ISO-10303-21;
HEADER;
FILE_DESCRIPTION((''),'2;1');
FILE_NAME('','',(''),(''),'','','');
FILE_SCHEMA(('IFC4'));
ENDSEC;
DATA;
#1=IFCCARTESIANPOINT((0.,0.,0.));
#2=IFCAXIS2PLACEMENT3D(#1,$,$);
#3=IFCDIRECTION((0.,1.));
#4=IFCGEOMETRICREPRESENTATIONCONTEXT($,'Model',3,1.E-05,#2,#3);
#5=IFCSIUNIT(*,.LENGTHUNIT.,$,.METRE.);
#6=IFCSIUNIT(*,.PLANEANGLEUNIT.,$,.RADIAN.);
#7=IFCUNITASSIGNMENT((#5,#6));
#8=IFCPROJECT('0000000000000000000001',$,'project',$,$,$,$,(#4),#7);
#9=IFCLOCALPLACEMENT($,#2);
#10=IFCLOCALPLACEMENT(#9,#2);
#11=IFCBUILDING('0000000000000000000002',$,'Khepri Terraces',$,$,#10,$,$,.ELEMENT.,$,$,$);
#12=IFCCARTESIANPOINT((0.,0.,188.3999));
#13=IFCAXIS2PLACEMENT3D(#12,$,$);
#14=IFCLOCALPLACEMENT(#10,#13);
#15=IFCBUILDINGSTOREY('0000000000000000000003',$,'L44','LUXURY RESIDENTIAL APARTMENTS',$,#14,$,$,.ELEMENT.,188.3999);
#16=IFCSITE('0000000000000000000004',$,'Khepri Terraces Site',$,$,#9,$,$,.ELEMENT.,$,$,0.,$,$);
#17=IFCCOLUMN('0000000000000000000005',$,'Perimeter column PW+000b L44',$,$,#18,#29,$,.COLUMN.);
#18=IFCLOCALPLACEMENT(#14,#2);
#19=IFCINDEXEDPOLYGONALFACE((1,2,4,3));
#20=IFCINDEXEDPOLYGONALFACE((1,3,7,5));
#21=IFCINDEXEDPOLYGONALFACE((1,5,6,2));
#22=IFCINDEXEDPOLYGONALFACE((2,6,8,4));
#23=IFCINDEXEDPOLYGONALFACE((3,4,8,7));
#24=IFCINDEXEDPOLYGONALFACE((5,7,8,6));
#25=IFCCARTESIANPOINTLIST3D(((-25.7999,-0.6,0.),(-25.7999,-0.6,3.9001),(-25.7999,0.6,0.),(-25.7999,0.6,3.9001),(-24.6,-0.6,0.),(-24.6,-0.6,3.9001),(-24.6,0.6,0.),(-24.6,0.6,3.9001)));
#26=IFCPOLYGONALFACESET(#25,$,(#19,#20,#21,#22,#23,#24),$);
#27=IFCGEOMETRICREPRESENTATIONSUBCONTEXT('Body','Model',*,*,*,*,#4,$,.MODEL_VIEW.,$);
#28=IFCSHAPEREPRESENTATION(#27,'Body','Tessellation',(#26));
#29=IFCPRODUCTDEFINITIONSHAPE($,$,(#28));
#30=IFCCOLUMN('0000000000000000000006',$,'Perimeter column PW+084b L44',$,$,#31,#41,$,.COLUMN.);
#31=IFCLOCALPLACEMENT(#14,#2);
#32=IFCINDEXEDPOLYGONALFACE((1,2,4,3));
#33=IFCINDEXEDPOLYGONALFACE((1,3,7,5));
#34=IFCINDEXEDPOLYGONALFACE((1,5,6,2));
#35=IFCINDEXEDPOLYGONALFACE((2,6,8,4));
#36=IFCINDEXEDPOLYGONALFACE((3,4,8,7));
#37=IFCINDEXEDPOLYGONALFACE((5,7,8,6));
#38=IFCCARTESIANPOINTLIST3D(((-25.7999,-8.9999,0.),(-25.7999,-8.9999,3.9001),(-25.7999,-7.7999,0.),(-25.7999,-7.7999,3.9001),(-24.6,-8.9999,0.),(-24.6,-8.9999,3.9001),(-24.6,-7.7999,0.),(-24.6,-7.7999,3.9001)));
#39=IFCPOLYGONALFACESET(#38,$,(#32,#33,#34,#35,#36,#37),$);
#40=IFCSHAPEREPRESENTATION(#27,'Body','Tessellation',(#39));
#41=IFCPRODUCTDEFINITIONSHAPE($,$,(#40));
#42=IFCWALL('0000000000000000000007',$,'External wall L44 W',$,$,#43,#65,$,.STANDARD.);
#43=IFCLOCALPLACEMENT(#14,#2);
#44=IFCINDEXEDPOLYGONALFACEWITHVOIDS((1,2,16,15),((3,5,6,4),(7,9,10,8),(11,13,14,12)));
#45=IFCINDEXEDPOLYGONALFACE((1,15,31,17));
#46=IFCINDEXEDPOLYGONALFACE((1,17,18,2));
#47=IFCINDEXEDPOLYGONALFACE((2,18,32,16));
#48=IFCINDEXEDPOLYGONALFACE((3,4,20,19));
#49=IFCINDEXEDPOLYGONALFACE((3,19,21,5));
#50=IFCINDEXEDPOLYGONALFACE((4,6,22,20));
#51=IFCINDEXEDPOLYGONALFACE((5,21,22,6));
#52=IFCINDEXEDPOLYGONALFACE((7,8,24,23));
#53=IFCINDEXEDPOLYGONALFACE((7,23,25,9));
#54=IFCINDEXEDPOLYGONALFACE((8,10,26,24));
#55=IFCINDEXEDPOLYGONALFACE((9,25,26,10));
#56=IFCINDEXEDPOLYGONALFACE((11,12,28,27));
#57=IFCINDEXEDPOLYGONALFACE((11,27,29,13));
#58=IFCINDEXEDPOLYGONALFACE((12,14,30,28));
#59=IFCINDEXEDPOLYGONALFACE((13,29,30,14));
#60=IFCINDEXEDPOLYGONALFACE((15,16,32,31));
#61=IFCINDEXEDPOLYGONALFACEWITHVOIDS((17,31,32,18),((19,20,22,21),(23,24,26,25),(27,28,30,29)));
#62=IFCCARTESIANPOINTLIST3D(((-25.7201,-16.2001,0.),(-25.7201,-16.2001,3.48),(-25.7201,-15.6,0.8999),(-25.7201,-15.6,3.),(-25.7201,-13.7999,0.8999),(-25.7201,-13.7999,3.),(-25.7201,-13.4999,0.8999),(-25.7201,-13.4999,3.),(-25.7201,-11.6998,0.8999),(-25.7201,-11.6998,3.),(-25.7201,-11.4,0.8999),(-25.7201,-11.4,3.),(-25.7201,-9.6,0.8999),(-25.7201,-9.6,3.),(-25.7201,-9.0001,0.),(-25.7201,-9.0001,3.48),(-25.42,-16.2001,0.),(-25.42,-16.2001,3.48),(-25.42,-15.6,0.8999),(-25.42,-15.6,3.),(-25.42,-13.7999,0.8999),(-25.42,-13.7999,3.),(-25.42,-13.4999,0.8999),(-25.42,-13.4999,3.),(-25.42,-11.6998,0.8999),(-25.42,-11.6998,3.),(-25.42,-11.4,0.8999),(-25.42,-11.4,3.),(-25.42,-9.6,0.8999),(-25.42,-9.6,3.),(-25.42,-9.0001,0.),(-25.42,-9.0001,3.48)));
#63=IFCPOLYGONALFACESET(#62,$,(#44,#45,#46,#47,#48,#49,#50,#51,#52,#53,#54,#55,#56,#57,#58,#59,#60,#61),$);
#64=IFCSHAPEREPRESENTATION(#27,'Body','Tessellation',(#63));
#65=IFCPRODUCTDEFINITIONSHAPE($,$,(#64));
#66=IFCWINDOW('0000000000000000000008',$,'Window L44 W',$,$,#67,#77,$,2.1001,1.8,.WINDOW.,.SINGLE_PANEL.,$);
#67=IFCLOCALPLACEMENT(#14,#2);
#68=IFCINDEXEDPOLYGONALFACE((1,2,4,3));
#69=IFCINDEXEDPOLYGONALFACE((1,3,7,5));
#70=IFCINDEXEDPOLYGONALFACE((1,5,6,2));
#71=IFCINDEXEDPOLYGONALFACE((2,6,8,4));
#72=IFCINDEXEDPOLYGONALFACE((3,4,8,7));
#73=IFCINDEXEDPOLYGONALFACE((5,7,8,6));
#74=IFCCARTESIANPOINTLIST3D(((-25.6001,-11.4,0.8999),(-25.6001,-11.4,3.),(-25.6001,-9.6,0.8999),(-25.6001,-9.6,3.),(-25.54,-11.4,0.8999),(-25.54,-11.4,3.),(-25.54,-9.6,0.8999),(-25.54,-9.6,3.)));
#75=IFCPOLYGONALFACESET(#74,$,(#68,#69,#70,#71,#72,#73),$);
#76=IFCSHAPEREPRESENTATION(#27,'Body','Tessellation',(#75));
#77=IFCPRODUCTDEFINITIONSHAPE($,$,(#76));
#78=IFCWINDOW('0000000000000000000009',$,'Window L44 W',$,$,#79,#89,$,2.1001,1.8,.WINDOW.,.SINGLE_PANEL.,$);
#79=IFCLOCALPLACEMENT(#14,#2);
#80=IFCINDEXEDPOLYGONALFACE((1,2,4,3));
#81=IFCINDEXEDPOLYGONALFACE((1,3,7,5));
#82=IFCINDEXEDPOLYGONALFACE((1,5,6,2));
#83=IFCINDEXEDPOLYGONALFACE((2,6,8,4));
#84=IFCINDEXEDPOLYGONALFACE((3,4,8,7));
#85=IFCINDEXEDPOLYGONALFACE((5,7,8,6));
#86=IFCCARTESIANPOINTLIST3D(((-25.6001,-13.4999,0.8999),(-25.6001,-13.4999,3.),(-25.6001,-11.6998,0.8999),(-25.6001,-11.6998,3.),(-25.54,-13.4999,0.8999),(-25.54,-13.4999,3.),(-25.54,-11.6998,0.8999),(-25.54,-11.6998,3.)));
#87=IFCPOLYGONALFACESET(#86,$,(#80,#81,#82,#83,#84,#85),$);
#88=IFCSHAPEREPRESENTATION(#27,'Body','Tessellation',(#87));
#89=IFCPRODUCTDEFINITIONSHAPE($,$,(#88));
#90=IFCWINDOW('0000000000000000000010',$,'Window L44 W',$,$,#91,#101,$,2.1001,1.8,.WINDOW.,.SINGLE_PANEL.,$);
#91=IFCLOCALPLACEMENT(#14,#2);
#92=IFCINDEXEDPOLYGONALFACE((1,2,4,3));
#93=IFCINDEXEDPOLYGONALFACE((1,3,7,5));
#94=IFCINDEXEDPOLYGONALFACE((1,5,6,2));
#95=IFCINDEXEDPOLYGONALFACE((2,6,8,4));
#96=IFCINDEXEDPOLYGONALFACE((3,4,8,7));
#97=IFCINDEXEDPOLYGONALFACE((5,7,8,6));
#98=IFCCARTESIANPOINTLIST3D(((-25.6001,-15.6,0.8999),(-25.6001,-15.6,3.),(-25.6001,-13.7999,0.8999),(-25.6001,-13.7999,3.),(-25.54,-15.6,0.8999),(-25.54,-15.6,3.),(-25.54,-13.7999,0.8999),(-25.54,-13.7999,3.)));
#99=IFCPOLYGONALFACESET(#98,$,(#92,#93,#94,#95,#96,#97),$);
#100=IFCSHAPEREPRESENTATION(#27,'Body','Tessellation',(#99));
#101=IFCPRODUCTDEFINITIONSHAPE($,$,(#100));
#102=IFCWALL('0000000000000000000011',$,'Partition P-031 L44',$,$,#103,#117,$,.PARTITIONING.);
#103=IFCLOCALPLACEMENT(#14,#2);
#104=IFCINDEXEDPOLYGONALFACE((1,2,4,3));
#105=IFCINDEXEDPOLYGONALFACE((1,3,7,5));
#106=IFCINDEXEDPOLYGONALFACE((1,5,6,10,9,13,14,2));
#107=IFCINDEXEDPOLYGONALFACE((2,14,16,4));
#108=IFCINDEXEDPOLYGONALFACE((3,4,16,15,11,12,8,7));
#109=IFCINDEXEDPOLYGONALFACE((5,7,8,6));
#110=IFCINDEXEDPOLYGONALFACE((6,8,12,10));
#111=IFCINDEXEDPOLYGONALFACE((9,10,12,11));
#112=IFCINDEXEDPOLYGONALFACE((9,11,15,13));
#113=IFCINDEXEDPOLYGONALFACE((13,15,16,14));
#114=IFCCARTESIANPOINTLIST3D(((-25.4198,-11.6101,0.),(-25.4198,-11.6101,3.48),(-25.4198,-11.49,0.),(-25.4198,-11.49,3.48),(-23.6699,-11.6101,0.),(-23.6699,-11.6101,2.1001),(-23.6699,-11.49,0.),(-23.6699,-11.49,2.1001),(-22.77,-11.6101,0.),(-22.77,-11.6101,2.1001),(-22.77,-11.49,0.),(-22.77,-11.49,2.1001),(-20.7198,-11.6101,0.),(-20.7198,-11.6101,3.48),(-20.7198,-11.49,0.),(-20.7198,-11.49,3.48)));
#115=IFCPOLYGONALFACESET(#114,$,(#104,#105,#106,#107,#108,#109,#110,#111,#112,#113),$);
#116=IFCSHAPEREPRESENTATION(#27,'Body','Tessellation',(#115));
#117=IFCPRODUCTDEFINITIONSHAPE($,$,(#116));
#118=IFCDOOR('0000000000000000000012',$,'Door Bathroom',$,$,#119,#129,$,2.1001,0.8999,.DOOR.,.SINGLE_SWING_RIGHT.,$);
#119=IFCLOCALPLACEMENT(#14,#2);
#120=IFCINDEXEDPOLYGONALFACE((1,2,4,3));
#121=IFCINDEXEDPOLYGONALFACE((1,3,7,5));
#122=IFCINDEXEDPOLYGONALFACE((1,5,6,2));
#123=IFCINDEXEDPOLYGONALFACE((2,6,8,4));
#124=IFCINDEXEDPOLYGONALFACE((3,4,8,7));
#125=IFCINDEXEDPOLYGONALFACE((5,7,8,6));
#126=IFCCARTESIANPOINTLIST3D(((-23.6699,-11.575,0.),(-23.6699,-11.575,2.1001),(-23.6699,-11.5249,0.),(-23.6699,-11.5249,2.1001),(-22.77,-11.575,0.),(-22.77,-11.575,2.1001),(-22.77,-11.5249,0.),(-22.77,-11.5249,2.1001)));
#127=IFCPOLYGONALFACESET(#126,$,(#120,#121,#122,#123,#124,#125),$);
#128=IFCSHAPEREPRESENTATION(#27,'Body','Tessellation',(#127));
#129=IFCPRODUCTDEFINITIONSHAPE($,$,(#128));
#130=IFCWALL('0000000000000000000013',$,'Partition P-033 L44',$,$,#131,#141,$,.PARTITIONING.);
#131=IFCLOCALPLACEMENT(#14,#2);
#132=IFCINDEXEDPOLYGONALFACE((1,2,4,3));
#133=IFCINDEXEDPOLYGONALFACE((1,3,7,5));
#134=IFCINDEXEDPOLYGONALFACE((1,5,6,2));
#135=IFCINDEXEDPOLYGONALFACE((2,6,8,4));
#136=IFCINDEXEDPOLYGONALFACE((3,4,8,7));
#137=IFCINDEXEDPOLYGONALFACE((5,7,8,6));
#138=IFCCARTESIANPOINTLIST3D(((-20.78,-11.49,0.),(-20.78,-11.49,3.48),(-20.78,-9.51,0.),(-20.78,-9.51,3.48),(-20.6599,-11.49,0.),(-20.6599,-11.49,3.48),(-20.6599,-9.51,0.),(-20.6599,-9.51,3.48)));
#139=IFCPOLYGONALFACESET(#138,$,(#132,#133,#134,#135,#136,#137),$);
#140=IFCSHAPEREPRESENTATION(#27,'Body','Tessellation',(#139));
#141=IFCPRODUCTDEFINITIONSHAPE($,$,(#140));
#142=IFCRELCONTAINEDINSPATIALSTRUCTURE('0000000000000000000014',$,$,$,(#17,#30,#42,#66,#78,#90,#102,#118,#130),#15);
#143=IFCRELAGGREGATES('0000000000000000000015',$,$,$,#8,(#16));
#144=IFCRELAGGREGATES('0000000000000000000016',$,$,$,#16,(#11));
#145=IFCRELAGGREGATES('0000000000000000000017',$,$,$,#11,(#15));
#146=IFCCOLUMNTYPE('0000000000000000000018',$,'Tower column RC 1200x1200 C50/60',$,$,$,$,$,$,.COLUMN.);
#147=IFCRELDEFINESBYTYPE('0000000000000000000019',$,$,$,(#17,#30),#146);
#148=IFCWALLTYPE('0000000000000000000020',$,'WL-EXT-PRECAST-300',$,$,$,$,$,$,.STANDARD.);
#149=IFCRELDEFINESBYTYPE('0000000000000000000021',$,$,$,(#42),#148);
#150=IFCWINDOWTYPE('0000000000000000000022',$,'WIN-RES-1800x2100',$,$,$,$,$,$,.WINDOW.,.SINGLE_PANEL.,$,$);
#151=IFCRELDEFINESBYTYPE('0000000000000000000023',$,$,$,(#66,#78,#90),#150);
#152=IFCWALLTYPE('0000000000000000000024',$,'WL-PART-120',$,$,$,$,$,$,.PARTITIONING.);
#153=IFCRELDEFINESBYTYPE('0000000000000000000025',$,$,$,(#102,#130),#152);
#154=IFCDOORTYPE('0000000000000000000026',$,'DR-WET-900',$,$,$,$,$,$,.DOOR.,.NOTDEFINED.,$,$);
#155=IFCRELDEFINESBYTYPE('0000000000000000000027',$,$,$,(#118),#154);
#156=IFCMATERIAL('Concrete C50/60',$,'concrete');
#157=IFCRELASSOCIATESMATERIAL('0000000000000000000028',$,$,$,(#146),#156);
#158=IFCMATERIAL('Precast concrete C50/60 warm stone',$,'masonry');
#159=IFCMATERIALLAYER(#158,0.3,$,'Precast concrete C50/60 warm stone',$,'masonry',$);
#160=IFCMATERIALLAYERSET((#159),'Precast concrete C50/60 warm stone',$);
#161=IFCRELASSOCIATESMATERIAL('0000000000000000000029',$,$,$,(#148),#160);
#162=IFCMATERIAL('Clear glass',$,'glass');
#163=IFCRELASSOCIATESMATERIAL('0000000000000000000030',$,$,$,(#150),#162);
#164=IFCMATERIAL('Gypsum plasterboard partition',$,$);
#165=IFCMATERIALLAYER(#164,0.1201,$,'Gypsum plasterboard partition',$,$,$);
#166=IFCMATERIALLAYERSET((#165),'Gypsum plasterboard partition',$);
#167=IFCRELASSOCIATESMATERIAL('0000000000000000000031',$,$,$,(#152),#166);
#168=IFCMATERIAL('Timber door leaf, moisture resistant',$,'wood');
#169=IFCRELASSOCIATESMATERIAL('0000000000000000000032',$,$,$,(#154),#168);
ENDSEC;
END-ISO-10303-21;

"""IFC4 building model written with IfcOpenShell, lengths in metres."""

from ifc_helpers import new_model, si_unit, direction, frame, frame_2d, origin, origin_2d, place, context, subcontext, project, spatial, rectangle, extrude, material, layer, layer_set, material_profile, profile_set, type_object, element, fill, save


model = new_model("IFC4")

# Units and contexts
model_context = context("Model", 3, precision=1e-05, world=origin(), true_north=direction((0.0, 1.0)))
body_context = subcontext(model_context, "Body", "Model", "MODEL_VIEW")
ifc_project = project(units=[si_unit("LENGTHUNIT", "METRE"), si_unit("PLANEANGLEUNIT", "RADIAN")], contexts=[model_context])

# Site, building, storey
site_placement = place(None, origin())
site = spatial("IfcSite", under=ifc_project, at=site_placement, Name="Khepri Terraces Site", CompositionType="ELEMENT", RefElevation=0.0)
building_placement = place(site_placement, origin())
building = spatial("IfcBuilding", under=site, at=building_placement, Name="Khepri Terraces", CompositionType="ELEMENT")
storey_placement = place(building_placement, frame((0.0, 0.0, 188.3999)))
storey = spatial("IfcBuildingStorey", under=building, at=storey_placement, Name="L44", Description="LUXURY RESIDENTIAL APARTMENTS", CompositionType="ELEMENT", Elevation=188.3999)

# Columns
ifc_material_1 = material(Name="Concrete C50/60", Category="concrete")
ifc_material_profile = material_profile(ifc_material_1, rectangle(XDim=1.2, YDim=1.2, at=origin_2d()), Name="Concrete C50/60", Category="concrete")
ifc_profile_set = profile_set([ifc_material_profile], Name="Concrete C50/60")
column_type = type_object("IfcColumnType", Name="Tower column RC 1200x1200 C50/60", PredefinedType="COLUMN", material=ifc_profile_set)
for number, where, z_axis, x_axis, name in (
    (1, (-25.2, 0.0, 0.0), (0.0, 0.0, 1.0), (1.0, 0.0, 0.0), "Perimeter column PW+000b L44"),
    (2, (-25.2, -8.3999, 0.0), (0.0, 0.0, 1.0), (1.0, 0.0, 0.0), "Perimeter column PW+084b L44"),
):
    element("IfcColumn", number, at=place(storey_placement, frame(where, z_axis=z_axis, x_axis=x_axis)), inside=storey, type_object=column_type, Name=name, PredefinedType="COLUMN", context=body_context, shape_type="SweptSolid", body=[
        extrude(rectangle(XDim=1.2, YDim=1.2, at=origin_2d()), origin(), (0.0, 0.0, 1.0), 3.9001),
    ])

# Shared definitions
ifc_material_2 = material(Name="Precast concrete C50/60 warm stone", Category="masonry")
ifc_layer_1 = layer(ifc_material_2, 0.3, Name="Precast concrete C50/60 warm stone", Category="masonry")
ifc_layer_set_1 = layer_set([ifc_layer_1], Name="Precast concrete C50/60 warm stone")
wall_type_1 = type_object("IfcWallType", Name="WL-EXT-PRECAST-300", PredefinedType="STANDARD", material=ifc_layer_set_1)
ifc_material_3 = material(Name="Clear glass", Category="glass")
window_type = type_object("IfcWindowType", Name="WIN-RES-1800x2100", PartitioningType="SINGLE_PANEL", PredefinedType="WINDOW", material=ifc_material_3)

# Wall, openings, windows
wall_1_placement = place(storey_placement, frame((-25.5701, -9.0, 0.0), z_axis=(0.0, 0.0, 1.0), x_axis=(0.0, -1.0, 0.0)))
wall_1 = element("IfcWall", 3, at=wall_1_placement, inside=storey, type_object=wall_type_1, Name="External wall L44 W", PredefinedType="STANDARD", context=body_context, shape_type="SweptSolid", body=[
    extrude(rectangle(XDim=7.2, YDim=0.3, at=frame_2d((3.6001, 0.0))), origin(), (0.0, 0.0, 1.0), 3.48),
])
opening_1_placement = place(wall_1_placement, frame((0.6001, 0.0, 0.8999)))
opening_1 = element("IfcOpeningElement", 4, at=opening_1_placement, cuts=wall_1, PredefinedType="OPENING", context=body_context, shape_type="SweptSolid", body=[
    extrude(rectangle(XDim=1.8, YDim=2.1001, at=frame_2d((0.8999, 1.05))), frame((0.0, 0.1602, 0.0), z_axis=(0.0, -1.0, 0.0), x_axis=(1.0, 0.0, 0.0)), (0.0, 0.0, 1.0), 0.3201),
])
opening_2_placement = place(wall_1_placement, frame((2.7, 0.0, 0.8999)))
opening_2 = element("IfcOpeningElement", 5, at=opening_2_placement, cuts=wall_1, PredefinedType="OPENING", context=body_context, shape_type="SweptSolid", body=[
    extrude(rectangle(XDim=1.8, YDim=2.1001, at=frame_2d((0.8999, 1.05))), frame((0.0, 0.1602, 0.0), z_axis=(0.0, -1.0, 0.0), x_axis=(1.0, 0.0, 0.0)), (0.0, 0.0, 1.0), 0.3201),
])
opening_3_placement = place(wall_1_placement, frame((4.8, 0.0, 0.8999)))
opening_3 = element("IfcOpeningElement", 6, at=opening_3_placement, cuts=wall_1, PredefinedType="OPENING", context=body_context, shape_type="SweptSolid", body=[
    extrude(rectangle(XDim=1.8, YDim=2.1001, at=frame_2d((0.8999, 1.05))), frame((0.0, 0.1602, 0.0), z_axis=(0.0, -1.0, 0.0), x_axis=(1.0, 0.0, 0.0)), (0.0, 0.0, 1.0), 0.3201),
])
window_1_placement = place(opening_1_placement, origin())
window_1 = element("IfcWindow", 7, at=window_1_placement, inside=storey, type_object=window_type, Name="Window L44 W", OverallHeight=2.1001, OverallWidth=1.8, PartitioningType="SINGLE_PANEL", PredefinedType="WINDOW", context=body_context, shape_type="SweptSolid", body=[
    extrude(rectangle(XDim=1.8, YDim=2.1001, at=frame_2d((0.8999, 1.05))), frame((0.0, 0.03, 0.0), z_axis=(0.0, -1.0, 0.0), x_axis=(1.0, 0.0, 0.0)), (0.0, 0.0, 1.0), 0.0601),
])
fill(opening_1, window_1)
window_2_placement = place(opening_2_placement, origin())
window_2 = element("IfcWindow", 8, at=window_2_placement, inside=storey, type_object=window_type, Name="Window L44 W", OverallHeight=2.1001, OverallWidth=1.8, PartitioningType="SINGLE_PANEL", PredefinedType="WINDOW", context=body_context, shape_type="SweptSolid", body=[
    extrude(rectangle(XDim=1.8, YDim=2.1001, at=frame_2d((0.8999, 1.05))), frame((0.0, 0.03, 0.0), z_axis=(0.0, -1.0, 0.0), x_axis=(1.0, 0.0, 0.0)), (0.0, 0.0, 1.0), 0.0601),
])
fill(opening_2, window_2)
window_3_placement = place(opening_3_placement, origin())
window_3 = element("IfcWindow", 9, at=window_3_placement, inside=storey, type_object=window_type, Name="Window L44 W", OverallHeight=2.1001, OverallWidth=1.8, PartitioningType="SINGLE_PANEL", PredefinedType="WINDOW", context=body_context, shape_type="SweptSolid", body=[
    extrude(rectangle(XDim=1.8, YDim=2.1001, at=frame_2d((0.8999, 1.05))), frame((0.0, 0.03, 0.0), z_axis=(0.0, -1.0, 0.0), x_axis=(1.0, 0.0, 0.0)), (0.0, 0.0, 1.0), 0.0601),
])
fill(opening_3, window_3)

# Wall, opening, door
ifc_material_4 = material(Name="Gypsum plasterboard partition")
ifc_layer_2 = layer(ifc_material_4, 0.1201, Name="Gypsum plasterboard partition")
ifc_layer_set_2 = layer_set([ifc_layer_2], Name="Gypsum plasterboard partition")
wall_type_2 = type_object("IfcWallType", Name="WL-PART-120", PredefinedType="PARTITIONING", material=ifc_layer_set_2)
wall_2_placement = place(storey_placement, frame((-25.4199, -11.55, 0.0), z_axis=(0.0, 0.0, 1.0), x_axis=(1.0, 0.0, 0.0)))
wall_2 = element("IfcWall", 10, at=wall_2_placement, inside=storey, type_object=wall_type_2, Name="Partition P-031 L44", PredefinedType="PARTITIONING", context=body_context, shape_type="SweptSolid", body=[
    extrude(rectangle(XDim=4.7, YDim=0.1201, at=frame_2d((2.3501, 0.0))), origin(), (0.0, 0.0, 1.0), 3.48),
])
opening_4_placement = place(wall_2_placement, frame((1.75, 0.0, 0.0)))
opening_4 = element("IfcOpeningElement", 11, at=opening_4_placement, cuts=wall_2, PredefinedType="OPENING", context=body_context, shape_type="SweptSolid", body=[
    extrude(rectangle(XDim=0.8999, YDim=2.1001, at=frame_2d((0.45, 1.05))), frame((0.0, 0.0701, 0.0), z_axis=(0.0, -1.0, 0.0), x_axis=(1.0, 0.0, 0.0)), (0.0, 0.0, 1.0), 0.1401),
])
ifc_material_5 = material(Name="Timber door leaf, moisture resistant", Category="wood")
door_type_1 = type_object("IfcDoorType", Name="DR-WET-900", OperationType="NOTDEFINED", PredefinedType="DOOR", material=ifc_material_5)
door_1_placement = place(opening_4_placement, frame((0.8999, 0.0, 0.0), z_axis=(0.0, 0.0, 1.0), x_axis=(-1.0, 0.0, 0.0)))
door_1 = element("IfcDoor", 12, at=door_1_placement, inside=storey, type_object=door_type_1, Name="Door Bathroom", OperationType="SINGLE_SWING_RIGHT", OverallHeight=2.1001, OverallWidth=0.8999, PredefinedType="DOOR", context=body_context, shape_type="SweptSolid", body=[
    extrude(rectangle(XDim=0.8999, YDim=2.1001, at=frame_2d((0.45, 1.05))), frame((0.0, 0.0249, 0.0), z_axis=(0.0, -1.0, 0.0), x_axis=(1.0, 0.0, 0.0)), (0.0, 0.0, 1.0), 0.05),
])
fill(opening_4, door_1)

# Wall
wall_3_placement = place(storey_placement, frame((-20.72, -11.49, 0.0), z_axis=(0.0, 0.0, 1.0), x_axis=(0.0, 1.0, 0.0)))
element("IfcWall", 13, at=wall_3_placement, inside=storey, type_object=wall_type_2, Name="Partition P-033 L44", PredefinedType="PARTITIONING", context=body_context, shape_type="SweptSolid", body=[
    extrude(rectangle(XDim=1.98, YDim=0.1201, at=frame_2d((0.99, 0.0))), origin(), (0.0, 0.0, 1.0), 3.48),
])

save(model, "model.ifc")
